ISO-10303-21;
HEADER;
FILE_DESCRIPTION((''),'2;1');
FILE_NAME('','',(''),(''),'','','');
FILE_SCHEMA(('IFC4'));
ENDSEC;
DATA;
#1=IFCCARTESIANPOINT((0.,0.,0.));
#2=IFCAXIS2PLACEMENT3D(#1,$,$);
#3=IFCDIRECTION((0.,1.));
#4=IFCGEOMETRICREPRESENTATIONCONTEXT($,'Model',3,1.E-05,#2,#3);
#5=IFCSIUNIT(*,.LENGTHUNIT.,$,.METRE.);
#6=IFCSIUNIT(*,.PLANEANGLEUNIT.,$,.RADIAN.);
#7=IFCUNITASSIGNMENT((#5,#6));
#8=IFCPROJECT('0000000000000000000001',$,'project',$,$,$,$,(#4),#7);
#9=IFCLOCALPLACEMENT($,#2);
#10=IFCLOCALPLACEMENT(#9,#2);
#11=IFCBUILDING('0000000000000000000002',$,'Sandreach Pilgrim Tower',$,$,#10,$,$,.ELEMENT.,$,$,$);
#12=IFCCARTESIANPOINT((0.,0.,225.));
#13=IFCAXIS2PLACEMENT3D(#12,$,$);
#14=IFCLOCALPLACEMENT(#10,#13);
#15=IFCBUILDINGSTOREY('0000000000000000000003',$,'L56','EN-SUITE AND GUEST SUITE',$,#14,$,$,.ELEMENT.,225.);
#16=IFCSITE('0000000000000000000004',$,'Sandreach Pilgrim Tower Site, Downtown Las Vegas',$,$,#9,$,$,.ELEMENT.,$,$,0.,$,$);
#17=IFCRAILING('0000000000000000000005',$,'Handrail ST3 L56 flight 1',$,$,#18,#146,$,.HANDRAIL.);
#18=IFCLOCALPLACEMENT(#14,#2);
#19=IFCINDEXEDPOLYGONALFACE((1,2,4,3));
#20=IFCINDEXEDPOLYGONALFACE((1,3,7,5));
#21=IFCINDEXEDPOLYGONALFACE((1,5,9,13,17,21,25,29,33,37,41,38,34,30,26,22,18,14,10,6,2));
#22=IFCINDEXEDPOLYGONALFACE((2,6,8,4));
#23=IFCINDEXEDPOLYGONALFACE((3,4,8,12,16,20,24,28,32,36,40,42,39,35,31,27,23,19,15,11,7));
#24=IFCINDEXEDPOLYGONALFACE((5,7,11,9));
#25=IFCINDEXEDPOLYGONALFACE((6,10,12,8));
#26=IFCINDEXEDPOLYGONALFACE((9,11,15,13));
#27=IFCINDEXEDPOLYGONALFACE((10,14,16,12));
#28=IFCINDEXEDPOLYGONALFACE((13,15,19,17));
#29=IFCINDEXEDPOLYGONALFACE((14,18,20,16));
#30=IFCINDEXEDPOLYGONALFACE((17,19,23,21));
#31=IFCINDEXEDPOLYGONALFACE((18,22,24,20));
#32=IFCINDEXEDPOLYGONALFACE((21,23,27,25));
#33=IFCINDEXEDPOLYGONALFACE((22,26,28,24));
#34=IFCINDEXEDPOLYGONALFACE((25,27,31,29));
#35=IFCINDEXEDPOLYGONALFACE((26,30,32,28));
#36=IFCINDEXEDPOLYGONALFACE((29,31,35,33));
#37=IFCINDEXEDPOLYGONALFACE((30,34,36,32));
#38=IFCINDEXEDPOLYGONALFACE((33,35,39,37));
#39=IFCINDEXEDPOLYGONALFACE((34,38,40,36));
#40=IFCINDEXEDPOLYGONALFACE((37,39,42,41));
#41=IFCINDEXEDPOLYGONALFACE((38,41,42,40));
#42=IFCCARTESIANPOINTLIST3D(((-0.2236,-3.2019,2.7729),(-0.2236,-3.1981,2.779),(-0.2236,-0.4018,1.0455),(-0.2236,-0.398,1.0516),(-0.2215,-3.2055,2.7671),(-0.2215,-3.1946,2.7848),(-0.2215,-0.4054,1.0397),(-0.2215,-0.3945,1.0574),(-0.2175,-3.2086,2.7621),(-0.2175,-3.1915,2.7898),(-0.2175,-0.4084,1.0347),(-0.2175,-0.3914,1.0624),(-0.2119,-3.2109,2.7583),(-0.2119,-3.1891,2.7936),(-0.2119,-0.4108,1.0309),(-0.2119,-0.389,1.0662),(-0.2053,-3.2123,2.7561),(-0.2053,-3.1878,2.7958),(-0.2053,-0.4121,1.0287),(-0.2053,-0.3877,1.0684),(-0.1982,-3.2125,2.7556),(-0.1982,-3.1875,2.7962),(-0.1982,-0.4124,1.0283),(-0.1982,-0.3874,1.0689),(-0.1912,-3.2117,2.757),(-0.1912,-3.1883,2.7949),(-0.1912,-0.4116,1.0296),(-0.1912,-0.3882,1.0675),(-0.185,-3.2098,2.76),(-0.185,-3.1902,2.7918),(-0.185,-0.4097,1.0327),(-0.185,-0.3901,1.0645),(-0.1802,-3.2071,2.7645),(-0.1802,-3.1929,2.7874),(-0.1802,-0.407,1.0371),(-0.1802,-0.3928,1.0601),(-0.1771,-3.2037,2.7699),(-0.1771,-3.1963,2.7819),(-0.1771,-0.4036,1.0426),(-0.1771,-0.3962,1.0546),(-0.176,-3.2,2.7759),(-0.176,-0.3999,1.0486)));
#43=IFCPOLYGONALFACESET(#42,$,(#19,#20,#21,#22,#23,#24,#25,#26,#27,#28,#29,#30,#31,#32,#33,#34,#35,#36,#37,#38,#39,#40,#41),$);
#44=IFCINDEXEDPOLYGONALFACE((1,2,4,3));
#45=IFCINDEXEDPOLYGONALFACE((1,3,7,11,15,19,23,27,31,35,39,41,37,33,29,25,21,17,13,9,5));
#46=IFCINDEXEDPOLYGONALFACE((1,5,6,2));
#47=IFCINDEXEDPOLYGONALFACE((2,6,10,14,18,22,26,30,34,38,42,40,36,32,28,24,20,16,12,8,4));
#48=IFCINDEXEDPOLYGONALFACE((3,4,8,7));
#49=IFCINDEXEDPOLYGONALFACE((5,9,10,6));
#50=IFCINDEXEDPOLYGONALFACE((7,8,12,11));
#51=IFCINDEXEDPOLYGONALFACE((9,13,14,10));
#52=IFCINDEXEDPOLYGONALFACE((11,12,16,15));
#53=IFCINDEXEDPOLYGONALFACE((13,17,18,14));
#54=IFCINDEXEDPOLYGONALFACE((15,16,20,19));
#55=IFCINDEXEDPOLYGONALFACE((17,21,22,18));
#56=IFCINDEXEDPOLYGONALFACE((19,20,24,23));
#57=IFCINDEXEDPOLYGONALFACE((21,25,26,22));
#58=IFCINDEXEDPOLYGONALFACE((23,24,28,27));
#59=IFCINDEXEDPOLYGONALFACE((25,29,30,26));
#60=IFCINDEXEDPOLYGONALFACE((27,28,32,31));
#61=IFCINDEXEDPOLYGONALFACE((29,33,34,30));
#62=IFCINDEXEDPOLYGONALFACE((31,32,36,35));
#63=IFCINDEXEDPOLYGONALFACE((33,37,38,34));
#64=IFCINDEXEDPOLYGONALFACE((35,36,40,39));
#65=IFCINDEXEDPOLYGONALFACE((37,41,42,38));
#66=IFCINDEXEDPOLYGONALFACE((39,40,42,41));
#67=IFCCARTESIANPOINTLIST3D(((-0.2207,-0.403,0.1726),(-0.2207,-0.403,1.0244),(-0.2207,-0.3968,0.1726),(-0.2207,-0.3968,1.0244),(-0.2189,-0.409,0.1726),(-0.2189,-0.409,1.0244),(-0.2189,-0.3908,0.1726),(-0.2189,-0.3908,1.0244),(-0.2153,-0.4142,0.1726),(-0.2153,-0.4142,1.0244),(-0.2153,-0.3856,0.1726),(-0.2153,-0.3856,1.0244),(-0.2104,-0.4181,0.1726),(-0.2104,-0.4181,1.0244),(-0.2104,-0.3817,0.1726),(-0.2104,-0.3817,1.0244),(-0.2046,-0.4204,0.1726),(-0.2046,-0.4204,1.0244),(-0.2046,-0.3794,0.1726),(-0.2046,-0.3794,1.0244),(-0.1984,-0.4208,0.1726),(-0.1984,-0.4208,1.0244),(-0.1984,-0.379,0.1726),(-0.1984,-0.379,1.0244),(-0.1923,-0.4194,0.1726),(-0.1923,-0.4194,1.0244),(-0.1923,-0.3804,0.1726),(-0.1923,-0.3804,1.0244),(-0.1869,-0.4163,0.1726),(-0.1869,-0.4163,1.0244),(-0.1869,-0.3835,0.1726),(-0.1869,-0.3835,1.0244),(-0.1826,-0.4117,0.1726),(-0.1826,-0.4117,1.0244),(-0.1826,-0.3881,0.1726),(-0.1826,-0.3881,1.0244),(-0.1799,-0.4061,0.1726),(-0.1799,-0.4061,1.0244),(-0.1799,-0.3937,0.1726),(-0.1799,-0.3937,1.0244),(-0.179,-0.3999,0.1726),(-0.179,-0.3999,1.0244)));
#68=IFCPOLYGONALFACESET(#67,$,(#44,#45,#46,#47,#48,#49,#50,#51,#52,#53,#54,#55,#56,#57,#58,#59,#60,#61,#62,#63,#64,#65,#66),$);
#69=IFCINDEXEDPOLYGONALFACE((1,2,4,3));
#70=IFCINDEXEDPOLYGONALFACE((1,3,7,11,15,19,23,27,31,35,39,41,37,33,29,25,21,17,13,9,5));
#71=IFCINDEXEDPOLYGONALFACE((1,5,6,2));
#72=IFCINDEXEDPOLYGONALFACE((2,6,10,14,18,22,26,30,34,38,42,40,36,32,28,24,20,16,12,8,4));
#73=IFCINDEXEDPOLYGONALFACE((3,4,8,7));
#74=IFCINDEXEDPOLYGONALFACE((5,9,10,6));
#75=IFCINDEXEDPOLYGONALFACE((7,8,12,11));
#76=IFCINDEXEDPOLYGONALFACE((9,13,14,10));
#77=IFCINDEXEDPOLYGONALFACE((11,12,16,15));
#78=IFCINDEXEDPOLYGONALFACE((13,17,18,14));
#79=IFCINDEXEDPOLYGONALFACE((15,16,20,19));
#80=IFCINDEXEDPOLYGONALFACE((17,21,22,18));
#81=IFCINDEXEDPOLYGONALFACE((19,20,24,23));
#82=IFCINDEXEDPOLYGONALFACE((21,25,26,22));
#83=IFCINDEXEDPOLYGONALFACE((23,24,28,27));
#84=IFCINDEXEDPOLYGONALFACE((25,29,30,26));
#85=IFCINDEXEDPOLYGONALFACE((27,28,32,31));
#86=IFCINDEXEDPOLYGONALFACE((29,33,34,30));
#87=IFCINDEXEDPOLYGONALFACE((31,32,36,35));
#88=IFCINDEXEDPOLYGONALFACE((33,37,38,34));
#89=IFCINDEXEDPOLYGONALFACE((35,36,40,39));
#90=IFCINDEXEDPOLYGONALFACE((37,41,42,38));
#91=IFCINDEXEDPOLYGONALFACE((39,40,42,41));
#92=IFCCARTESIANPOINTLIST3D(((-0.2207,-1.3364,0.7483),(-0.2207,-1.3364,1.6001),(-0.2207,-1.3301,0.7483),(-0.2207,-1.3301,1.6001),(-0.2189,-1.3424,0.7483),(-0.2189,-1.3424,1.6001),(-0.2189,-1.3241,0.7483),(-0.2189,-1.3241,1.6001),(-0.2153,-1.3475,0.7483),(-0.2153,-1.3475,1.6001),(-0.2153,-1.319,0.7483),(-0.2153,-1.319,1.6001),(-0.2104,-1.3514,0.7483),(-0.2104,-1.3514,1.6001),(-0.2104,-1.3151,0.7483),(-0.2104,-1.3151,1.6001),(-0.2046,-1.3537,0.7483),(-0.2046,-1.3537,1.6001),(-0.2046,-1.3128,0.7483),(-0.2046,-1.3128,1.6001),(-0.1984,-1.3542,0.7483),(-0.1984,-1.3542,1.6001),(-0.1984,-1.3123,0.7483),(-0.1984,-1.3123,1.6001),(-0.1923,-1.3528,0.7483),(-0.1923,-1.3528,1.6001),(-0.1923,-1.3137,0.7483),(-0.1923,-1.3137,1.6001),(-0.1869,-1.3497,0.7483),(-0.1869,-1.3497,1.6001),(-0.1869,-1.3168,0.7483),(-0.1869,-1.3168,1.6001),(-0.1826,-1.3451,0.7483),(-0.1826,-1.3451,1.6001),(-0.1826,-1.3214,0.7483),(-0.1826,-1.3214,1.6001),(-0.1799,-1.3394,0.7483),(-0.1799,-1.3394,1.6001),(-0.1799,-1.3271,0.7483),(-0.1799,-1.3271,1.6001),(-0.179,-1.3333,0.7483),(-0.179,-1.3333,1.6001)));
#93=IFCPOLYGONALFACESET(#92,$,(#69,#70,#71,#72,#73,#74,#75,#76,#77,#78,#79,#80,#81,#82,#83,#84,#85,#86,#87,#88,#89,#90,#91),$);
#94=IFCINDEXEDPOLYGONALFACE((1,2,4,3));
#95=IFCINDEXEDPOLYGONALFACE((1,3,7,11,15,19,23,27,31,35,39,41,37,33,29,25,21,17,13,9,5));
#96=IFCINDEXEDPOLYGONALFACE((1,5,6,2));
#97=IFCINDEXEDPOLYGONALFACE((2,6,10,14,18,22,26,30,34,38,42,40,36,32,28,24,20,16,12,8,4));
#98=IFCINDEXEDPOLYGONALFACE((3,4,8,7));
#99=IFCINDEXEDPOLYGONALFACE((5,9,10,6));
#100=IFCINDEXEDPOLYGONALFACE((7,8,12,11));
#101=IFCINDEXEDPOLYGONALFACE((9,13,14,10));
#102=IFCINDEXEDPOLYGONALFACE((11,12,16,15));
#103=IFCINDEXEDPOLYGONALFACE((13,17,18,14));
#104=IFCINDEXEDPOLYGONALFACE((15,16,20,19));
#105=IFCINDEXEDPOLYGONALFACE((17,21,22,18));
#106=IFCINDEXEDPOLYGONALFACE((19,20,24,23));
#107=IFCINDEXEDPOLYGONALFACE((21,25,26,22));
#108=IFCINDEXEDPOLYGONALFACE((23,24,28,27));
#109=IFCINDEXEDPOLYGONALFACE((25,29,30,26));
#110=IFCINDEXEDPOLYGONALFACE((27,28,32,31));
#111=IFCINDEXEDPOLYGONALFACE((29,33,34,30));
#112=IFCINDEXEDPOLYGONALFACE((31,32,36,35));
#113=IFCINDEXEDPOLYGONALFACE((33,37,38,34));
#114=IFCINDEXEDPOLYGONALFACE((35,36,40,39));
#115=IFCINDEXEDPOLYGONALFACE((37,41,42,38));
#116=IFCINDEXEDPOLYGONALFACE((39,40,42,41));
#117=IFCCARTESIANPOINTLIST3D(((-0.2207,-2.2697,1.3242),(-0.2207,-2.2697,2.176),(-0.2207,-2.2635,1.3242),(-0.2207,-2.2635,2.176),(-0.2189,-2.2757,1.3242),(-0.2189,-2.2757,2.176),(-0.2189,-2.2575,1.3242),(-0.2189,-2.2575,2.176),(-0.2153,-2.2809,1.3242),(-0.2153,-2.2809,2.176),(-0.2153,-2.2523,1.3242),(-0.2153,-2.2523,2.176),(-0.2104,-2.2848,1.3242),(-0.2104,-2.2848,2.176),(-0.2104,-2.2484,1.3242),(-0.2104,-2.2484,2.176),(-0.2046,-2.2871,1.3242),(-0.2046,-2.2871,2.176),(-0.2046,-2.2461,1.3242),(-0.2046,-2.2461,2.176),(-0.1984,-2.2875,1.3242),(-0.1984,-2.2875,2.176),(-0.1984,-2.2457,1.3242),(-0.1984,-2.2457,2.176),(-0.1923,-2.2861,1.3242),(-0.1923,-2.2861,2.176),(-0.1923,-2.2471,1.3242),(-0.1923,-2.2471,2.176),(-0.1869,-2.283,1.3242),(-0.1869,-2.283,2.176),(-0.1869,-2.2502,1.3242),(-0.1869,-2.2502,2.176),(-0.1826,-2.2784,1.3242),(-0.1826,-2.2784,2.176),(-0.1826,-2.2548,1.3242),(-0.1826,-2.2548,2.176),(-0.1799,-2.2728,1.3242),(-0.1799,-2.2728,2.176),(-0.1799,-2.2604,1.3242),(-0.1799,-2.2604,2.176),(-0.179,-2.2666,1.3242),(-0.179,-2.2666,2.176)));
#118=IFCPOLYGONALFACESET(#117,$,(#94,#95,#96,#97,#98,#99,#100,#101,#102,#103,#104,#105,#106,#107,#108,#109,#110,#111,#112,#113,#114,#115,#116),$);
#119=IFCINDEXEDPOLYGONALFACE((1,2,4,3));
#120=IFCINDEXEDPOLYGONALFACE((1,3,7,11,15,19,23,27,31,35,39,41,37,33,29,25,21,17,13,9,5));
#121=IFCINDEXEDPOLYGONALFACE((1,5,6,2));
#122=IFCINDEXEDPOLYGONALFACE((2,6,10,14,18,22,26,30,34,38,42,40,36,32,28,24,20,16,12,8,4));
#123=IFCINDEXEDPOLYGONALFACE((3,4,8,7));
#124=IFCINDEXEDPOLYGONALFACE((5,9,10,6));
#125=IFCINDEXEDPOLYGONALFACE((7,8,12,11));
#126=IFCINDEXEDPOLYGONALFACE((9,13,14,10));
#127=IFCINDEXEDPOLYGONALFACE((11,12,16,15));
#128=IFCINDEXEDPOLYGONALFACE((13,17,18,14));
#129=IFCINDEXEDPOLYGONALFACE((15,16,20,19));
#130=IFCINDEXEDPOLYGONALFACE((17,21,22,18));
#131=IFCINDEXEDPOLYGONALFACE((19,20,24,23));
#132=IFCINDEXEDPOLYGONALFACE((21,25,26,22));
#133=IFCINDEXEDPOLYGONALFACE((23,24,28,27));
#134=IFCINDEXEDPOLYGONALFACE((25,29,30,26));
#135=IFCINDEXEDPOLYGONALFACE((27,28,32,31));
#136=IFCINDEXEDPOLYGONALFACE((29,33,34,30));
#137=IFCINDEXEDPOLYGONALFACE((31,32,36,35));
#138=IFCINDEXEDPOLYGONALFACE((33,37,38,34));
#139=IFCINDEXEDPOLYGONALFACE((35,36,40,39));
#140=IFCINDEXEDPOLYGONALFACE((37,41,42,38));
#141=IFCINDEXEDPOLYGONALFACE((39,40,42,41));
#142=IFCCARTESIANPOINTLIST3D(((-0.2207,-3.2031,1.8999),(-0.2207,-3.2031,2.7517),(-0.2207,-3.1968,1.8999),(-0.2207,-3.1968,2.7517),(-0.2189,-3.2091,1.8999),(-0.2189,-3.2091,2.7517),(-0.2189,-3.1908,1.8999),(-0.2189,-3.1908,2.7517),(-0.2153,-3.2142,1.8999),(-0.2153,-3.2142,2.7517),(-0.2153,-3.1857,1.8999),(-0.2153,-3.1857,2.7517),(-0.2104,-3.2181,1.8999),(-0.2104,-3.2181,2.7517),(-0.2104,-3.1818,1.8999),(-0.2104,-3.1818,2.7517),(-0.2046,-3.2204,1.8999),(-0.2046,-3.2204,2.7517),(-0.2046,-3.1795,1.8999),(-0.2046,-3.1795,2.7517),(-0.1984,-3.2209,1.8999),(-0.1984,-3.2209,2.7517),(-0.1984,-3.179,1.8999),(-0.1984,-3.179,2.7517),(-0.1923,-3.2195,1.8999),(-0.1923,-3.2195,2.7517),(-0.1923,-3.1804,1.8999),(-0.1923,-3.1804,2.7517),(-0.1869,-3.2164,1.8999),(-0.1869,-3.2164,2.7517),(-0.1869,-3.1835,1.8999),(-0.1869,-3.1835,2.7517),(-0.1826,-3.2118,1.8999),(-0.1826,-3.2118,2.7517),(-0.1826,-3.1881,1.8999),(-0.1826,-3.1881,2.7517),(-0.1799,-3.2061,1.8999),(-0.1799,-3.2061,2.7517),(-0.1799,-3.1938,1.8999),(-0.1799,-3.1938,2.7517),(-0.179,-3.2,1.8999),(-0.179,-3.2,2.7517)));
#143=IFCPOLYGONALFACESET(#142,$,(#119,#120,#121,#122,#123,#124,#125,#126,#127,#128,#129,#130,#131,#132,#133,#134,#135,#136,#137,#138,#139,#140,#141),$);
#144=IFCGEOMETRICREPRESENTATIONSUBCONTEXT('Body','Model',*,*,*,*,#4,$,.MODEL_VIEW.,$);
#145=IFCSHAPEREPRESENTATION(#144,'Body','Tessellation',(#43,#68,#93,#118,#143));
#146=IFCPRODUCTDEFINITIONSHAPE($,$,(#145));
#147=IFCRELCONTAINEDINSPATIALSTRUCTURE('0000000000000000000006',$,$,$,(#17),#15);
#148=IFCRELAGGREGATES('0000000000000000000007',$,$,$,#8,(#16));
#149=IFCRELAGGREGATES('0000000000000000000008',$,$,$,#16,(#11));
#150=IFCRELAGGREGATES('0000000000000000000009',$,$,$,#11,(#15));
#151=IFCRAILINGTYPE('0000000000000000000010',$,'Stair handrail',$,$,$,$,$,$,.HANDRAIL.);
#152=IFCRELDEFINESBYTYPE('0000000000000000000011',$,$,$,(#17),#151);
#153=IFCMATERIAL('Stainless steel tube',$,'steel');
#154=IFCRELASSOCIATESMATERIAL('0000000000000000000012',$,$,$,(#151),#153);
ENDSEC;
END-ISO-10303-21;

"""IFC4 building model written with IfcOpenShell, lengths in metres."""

from ifc_helpers import new_model, si_unit, direction, frame, origin, origin_2d, place, context, subcontext, project, spatial, circle, extrude, material, type_object, element, save


model = new_model("IFC4")

# Units and contexts
model_context = context("Model", 3, precision=1e-05, world=origin(), true_north=direction((0.0, 1.0)))
body_context = subcontext(model_context, "Body", "Model", "MODEL_VIEW")
ifc_project = project(units=[si_unit("LENGTHUNIT", "METRE"), si_unit("PLANEANGLEUNIT", "RADIAN")], contexts=[model_context])

# Site, building, storey
site_placement = place(None, origin())
site = spatial("IfcSite", under=ifc_project, at=site_placement, Name="Sandreach Pilgrim Tower Site, Downtown Las Vegas", CompositionType="ELEMENT", RefElevation=0.0)
building_placement = place(site_placement, origin())
building = spatial("IfcBuilding", under=site, at=building_placement, Name="Sandreach Pilgrim Tower", CompositionType="ELEMENT")
storey_placement = place(building_placement, frame((0.0, 0.0, 225.0)))
storey = spatial("IfcBuildingStorey", under=building, at=storey_placement, Name="L56", Description="EN-SUITE AND GUEST SUITE", CompositionType="ELEMENT", Elevation=225.0)

# Railing
ifc_material_1 = material(Name="Stainless steel tube", Category="steel")
railing_type = type_object("IfcRailingType", Name="Stair handrail", PredefinedType="HANDRAIL", material=ifc_material_1)
for number, where, name in (
    (1, (-0.2, -0.3999, 0.1726), "Handrail ST3 L56 flight 1"),
):
    element("IfcRailing", number, at=place(storey_placement, frame(where)), inside=storey, type_object=railing_type, Name=name, PredefinedType="HANDRAIL", context=body_context, shape_type="SweptSolid", body=[
        extrude(circle(Radius=0.0239, at=origin_2d()), frame((0.0, 0.0, 0.876), z_axis=(0.0, -0.85109, 0.52502), x_axis=(1.0, 0.0, 0.0)), (0.0, 0.0, 1.0), 3.29),
        extrude(circle(Radius=0.021, at=origin_2d()), origin(), (0.0, 0.0, 1.0), 0.8518),
        extrude(circle(Radius=0.021, at=origin_2d()), frame((0.0, -0.9333, 0.5757)), (0.0, 0.0, 1.0), 0.8518),
        extrude(circle(Radius=0.021, at=origin_2d()), frame((0.0, -1.8667, 1.1516)), (0.0, 0.0, 1.0), 0.8518),
        extrude(circle(Radius=0.021, at=origin_2d()), frame((0.0, -2.8, 1.7273)), (0.0, 0.0, 1.0), 0.8518),
    ])

save(model, "model.ifc")
